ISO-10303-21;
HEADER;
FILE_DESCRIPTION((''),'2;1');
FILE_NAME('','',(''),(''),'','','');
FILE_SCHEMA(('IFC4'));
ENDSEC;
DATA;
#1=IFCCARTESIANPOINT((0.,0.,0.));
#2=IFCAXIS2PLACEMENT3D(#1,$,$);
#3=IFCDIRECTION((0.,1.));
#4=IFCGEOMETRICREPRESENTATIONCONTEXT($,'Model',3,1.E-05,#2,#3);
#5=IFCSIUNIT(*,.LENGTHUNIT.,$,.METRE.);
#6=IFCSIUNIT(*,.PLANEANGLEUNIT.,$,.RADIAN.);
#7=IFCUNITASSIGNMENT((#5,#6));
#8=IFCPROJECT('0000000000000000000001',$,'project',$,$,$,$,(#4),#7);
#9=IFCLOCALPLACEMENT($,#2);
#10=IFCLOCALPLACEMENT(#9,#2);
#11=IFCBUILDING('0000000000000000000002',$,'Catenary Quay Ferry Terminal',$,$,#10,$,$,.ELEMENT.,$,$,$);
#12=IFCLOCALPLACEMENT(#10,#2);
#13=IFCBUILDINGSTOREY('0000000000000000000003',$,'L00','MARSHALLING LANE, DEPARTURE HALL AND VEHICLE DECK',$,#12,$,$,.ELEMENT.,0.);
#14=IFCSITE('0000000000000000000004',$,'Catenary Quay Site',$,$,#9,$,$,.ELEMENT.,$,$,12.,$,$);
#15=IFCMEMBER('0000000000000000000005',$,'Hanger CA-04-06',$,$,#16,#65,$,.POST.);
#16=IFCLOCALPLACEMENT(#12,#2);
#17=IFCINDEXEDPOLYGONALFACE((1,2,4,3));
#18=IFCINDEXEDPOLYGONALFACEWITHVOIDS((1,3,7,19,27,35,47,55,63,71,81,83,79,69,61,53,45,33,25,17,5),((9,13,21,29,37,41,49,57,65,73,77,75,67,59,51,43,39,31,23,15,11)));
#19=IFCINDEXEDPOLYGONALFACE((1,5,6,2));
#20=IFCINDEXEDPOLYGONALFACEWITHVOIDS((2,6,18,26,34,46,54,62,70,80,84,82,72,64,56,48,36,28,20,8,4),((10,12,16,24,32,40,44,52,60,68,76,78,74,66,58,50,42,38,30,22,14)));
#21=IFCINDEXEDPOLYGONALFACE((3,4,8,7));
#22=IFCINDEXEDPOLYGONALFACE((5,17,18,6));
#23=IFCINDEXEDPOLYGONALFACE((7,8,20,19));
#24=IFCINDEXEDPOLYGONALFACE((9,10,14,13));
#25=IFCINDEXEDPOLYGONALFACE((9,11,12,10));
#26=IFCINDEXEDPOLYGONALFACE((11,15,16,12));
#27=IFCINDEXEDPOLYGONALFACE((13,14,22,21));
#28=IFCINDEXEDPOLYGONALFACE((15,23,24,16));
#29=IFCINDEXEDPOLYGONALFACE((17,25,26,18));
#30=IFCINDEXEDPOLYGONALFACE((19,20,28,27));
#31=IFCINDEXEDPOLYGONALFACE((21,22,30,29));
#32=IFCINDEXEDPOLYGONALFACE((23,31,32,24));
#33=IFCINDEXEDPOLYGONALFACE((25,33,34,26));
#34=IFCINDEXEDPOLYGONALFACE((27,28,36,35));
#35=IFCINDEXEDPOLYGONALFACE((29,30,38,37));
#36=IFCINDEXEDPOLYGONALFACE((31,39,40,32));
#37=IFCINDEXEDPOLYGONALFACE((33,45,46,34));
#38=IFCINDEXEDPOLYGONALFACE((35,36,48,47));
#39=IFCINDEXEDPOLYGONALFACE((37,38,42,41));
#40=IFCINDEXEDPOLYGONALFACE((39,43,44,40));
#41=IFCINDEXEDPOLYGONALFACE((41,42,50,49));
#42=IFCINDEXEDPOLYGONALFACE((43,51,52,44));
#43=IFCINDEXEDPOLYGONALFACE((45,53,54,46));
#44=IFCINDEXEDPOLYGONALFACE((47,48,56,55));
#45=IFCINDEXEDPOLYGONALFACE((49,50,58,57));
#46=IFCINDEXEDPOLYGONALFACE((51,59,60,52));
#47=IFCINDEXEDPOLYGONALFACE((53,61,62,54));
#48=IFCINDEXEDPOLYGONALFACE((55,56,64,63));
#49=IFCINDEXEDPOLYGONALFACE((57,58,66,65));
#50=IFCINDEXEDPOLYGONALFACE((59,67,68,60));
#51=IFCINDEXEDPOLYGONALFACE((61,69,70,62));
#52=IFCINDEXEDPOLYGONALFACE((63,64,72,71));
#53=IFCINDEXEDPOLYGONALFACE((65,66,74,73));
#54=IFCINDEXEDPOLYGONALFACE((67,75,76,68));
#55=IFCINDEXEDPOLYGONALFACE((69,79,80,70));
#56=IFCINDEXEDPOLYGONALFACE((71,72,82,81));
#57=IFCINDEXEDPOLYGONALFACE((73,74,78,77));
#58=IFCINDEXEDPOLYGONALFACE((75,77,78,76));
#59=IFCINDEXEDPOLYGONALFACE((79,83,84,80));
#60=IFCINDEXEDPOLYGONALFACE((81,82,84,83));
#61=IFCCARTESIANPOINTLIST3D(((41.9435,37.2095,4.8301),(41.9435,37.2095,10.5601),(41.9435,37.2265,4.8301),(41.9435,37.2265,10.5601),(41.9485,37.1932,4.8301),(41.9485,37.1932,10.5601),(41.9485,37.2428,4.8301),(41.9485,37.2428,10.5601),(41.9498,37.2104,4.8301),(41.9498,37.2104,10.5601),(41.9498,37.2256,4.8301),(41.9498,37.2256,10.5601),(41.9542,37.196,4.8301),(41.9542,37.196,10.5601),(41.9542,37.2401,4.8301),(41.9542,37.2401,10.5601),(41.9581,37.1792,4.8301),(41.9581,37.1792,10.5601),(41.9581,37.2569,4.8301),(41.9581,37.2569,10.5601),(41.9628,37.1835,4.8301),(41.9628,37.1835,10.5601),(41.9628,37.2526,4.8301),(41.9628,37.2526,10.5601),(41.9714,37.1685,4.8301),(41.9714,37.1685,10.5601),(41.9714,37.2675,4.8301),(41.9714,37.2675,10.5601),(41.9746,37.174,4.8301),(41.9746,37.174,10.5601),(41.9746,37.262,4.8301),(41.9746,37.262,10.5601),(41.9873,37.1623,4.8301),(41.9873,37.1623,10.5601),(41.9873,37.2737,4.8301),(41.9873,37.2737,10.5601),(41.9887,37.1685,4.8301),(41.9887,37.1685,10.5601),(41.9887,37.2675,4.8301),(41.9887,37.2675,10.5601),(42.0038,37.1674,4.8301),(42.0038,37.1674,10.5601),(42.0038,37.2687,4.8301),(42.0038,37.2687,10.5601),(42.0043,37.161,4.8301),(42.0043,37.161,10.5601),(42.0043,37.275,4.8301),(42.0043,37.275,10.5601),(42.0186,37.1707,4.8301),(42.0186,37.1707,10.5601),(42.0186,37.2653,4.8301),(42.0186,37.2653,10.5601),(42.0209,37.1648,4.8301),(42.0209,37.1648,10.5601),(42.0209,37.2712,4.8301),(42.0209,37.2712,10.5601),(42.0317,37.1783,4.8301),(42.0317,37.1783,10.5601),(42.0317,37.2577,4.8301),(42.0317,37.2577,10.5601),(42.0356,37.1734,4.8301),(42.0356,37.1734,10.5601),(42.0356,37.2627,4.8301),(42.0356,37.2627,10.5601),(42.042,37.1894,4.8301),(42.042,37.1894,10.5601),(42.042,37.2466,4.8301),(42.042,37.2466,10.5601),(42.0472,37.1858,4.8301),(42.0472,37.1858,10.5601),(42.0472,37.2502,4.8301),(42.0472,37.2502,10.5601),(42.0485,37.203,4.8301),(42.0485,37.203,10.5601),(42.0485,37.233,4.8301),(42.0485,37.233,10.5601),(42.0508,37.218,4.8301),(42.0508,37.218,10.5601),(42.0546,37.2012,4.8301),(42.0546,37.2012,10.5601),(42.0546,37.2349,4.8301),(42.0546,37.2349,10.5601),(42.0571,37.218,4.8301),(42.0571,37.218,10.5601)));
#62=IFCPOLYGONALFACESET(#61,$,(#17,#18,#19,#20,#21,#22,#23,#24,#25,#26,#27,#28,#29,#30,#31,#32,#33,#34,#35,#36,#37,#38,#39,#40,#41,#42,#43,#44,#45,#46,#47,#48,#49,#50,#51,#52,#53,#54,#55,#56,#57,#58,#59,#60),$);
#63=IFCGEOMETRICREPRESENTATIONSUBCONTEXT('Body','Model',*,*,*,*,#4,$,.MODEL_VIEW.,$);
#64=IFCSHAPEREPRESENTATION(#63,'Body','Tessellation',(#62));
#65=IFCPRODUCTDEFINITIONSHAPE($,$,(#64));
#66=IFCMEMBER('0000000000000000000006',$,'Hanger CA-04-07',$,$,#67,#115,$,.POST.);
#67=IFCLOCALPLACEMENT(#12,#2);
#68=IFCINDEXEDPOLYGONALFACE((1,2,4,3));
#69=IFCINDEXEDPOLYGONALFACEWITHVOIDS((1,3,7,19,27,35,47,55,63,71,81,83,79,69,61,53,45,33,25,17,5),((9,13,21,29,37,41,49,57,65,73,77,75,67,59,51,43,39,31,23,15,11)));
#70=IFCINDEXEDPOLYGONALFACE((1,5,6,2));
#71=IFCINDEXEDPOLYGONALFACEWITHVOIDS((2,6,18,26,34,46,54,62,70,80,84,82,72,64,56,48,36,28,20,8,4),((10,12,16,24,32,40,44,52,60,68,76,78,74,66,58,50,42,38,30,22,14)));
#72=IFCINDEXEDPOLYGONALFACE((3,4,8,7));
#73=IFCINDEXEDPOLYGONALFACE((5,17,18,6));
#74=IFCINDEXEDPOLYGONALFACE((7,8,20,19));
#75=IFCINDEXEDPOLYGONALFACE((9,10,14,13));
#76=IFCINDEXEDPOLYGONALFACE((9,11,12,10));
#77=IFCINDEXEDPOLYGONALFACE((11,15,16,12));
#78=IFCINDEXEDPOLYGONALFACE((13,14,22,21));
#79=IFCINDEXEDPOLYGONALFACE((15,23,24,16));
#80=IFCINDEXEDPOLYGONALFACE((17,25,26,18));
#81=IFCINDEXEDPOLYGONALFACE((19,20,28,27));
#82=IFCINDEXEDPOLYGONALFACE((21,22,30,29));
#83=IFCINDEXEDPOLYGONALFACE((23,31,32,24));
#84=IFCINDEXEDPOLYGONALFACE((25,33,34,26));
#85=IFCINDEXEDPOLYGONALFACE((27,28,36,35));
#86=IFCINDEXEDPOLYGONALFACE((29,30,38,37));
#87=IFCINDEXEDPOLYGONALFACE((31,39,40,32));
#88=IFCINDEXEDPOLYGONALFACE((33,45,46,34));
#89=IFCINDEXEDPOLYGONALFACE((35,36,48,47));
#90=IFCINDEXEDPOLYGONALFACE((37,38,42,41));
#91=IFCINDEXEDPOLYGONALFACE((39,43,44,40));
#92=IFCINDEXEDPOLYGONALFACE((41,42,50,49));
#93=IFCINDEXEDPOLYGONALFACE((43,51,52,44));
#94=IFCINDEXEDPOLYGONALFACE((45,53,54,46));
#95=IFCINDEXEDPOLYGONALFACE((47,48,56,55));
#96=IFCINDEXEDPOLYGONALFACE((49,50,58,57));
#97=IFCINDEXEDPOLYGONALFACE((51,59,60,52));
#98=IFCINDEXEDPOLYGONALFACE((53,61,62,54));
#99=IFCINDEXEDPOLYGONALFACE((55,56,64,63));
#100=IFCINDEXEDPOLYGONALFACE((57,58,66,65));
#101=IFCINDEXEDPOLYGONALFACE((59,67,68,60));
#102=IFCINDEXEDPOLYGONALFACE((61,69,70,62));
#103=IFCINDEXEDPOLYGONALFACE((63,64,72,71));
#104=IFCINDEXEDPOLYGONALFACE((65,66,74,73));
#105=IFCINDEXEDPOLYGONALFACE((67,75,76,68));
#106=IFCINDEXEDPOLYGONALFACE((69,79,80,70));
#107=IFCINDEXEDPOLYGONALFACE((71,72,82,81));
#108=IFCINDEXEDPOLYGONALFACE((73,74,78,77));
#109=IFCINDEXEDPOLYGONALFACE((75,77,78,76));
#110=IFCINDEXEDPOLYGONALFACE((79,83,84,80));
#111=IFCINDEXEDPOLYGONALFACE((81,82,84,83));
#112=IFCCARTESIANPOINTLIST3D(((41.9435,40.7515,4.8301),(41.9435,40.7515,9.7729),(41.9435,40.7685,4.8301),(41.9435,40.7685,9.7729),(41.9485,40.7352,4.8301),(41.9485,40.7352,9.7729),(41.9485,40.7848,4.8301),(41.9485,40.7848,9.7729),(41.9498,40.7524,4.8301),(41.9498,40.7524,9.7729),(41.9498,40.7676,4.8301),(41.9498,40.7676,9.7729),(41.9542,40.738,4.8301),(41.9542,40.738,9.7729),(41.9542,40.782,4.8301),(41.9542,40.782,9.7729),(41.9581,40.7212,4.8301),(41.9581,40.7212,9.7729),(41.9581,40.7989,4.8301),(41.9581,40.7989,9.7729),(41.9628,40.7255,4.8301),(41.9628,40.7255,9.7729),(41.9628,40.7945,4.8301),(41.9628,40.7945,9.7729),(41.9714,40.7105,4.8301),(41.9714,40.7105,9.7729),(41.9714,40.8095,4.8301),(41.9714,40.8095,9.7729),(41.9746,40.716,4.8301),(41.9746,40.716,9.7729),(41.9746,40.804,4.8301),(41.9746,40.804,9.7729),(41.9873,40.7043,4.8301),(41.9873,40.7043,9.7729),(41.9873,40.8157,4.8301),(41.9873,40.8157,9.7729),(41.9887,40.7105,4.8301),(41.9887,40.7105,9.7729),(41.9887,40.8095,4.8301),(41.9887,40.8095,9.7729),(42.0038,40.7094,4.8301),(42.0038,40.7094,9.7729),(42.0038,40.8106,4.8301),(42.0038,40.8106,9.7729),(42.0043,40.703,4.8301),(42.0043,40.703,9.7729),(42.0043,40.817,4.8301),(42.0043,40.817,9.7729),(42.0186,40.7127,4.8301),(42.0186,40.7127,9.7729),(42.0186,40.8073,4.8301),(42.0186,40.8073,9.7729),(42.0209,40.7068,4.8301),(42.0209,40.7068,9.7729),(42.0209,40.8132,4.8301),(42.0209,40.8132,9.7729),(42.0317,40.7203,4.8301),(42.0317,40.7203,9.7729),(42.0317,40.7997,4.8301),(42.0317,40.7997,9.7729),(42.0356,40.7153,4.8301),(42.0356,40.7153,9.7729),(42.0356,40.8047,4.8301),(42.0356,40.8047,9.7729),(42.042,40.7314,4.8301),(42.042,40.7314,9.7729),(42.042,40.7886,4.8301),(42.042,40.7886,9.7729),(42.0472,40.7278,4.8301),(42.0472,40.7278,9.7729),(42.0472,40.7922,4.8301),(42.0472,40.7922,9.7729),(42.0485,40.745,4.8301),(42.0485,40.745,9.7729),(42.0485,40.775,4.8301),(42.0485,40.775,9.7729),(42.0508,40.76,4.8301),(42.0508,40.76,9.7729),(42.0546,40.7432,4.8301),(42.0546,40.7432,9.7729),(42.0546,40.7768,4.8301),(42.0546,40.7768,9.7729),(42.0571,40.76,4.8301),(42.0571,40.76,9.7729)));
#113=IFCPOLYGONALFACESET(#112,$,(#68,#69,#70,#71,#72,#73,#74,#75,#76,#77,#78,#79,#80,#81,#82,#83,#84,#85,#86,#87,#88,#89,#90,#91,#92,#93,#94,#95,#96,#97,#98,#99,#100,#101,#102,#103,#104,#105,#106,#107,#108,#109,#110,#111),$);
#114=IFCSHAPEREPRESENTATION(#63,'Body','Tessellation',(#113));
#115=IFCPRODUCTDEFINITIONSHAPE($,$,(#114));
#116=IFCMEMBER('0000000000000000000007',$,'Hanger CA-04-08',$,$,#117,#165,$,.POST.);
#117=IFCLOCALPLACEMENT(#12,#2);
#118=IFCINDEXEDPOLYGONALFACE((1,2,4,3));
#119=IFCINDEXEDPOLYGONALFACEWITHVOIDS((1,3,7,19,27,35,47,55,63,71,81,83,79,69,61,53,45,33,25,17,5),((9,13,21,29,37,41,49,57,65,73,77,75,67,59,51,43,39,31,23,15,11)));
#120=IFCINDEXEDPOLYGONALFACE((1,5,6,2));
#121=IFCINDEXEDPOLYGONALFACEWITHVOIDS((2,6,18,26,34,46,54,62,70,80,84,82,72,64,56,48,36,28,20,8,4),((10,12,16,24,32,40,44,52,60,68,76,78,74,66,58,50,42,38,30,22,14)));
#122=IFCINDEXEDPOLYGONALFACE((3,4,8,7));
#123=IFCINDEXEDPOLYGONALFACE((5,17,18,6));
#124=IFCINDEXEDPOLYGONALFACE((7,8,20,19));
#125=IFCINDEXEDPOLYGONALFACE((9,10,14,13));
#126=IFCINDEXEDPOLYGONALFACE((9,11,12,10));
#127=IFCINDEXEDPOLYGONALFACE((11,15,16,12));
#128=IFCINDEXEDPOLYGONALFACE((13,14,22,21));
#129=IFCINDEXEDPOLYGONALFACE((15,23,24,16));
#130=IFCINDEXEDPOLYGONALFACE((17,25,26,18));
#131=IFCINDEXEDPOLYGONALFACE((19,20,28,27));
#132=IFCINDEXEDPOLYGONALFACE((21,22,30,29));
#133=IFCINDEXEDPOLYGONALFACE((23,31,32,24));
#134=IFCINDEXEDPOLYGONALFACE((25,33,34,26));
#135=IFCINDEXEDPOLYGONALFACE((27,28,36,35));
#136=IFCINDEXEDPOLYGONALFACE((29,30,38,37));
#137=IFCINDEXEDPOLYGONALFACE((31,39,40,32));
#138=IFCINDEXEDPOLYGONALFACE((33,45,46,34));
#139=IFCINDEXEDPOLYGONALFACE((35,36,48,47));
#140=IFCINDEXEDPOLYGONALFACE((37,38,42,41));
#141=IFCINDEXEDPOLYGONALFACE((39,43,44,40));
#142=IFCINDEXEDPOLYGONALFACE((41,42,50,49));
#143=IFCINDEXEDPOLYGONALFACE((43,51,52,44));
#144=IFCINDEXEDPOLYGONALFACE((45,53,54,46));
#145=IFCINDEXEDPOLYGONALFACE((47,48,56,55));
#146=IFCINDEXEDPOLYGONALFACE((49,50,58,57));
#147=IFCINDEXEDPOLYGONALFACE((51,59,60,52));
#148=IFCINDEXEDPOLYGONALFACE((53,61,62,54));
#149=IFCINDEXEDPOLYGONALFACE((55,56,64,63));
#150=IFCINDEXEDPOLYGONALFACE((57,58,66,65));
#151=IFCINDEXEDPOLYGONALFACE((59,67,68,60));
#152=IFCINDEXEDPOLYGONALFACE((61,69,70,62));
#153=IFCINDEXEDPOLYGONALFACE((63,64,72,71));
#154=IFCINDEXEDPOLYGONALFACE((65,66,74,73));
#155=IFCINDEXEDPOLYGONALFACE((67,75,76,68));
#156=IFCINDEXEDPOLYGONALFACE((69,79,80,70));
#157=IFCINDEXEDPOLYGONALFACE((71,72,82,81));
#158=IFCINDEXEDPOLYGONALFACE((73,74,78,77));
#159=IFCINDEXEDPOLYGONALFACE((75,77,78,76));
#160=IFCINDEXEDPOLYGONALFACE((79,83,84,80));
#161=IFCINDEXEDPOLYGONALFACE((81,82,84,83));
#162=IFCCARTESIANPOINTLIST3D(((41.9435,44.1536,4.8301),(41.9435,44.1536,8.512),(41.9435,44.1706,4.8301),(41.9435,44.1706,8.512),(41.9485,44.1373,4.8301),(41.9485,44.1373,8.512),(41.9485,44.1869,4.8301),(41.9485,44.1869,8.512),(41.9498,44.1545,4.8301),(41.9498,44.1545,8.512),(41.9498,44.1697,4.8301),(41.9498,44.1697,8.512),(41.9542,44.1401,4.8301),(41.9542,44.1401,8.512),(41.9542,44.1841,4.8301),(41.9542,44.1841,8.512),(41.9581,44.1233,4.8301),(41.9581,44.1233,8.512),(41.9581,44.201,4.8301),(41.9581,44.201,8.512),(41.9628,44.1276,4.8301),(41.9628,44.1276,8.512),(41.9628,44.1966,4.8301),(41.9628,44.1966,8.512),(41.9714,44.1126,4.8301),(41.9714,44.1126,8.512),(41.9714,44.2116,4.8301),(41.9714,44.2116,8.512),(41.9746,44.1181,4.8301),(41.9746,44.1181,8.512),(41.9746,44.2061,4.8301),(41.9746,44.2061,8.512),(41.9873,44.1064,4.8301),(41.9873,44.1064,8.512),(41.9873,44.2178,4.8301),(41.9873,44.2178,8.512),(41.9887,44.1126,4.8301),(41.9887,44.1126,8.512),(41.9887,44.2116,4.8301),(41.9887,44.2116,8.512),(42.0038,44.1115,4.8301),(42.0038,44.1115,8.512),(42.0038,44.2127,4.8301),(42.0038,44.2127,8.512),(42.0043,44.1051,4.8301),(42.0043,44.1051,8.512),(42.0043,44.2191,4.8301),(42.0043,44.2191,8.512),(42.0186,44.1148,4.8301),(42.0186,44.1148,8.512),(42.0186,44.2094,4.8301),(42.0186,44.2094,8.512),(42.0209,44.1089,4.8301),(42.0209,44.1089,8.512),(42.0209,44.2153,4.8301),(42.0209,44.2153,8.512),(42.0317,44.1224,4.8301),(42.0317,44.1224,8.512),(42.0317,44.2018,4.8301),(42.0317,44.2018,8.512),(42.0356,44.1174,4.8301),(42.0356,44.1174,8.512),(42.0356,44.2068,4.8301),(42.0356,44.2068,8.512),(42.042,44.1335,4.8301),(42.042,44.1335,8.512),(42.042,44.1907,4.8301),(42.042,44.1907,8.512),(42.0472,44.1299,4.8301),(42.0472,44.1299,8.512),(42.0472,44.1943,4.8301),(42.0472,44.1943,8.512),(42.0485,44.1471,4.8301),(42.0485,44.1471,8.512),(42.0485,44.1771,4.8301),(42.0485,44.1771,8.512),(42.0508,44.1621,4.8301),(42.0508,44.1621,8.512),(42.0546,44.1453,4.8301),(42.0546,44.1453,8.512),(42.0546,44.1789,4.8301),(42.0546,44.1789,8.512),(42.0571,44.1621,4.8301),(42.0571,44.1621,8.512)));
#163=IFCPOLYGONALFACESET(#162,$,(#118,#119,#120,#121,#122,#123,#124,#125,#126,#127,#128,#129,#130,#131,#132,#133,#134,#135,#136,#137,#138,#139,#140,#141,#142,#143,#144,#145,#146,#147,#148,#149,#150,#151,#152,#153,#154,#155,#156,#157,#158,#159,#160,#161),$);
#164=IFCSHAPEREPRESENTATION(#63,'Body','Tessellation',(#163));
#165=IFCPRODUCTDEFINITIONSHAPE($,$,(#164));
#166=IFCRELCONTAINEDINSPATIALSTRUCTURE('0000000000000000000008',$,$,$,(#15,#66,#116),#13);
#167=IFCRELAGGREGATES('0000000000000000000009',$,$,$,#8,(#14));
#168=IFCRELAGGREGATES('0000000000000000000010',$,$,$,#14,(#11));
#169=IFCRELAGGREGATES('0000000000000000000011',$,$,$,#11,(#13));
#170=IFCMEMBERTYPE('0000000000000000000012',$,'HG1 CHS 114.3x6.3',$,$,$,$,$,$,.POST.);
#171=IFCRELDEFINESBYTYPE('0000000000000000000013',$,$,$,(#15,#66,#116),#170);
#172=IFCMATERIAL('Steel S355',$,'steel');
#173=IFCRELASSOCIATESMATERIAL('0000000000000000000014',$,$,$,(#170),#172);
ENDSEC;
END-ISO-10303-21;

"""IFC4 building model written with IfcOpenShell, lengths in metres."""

from ifc_helpers import new_model, si_unit, direction, frame, origin, origin_2d, place, context, subcontext, project, spatial, hollow_circle, extrude, material, material_profile, profile_set, type_object, element, save


model = new_model("IFC4")

# Units and contexts
model_context = context("Model", 3, precision=1e-05, world=origin(), true_north=direction((0.0, 1.0)))
body_context = subcontext(model_context, "Body", "Model", "MODEL_VIEW")
ifc_project = project(units=[si_unit("LENGTHUNIT", "METRE"), si_unit("PLANEANGLEUNIT", "RADIAN")], contexts=[model_context])

# Site, building, storey
site_placement = place(None, origin())
site = spatial("IfcSite", under=ifc_project, at=site_placement, Name="Catenary Quay Site", CompositionType="ELEMENT", RefElevation=12.0)
building_placement = place(site_placement, origin())
building = spatial("IfcBuilding", under=site, at=building_placement, Name="Catenary Quay Ferry Terminal", CompositionType="ELEMENT")
storey_placement = place(building_placement, origin())
storey = spatial("IfcBuildingStorey", under=building, at=storey_placement, Name="L00", Description="MARSHALLING LANE, DEPARTURE HALL AND VEHICLE DECK", CompositionType="ELEMENT", Elevation=0.0)

# Members
ifc_material_1 = material(Name="Steel S355", Category="steel")
ifc_material_profile_1 = material_profile(ifc_material_1, hollow_circle(Radius=0.0571, WallThickness=0.0063, at=origin_2d()), Name="CHS 114.3x6.3")
ifc_profile_set_1 = profile_set([ifc_material_profile_1], Name="Steel S355")
member_type_1 = type_object("IfcMemberType", Name="HG1 CHS 114.3x6.3", PredefinedType="POST", material=ifc_profile_set_1)
member_1_placement = place(storey_placement, frame((42.0, 37.218, 4.8301), z_axis=(0.0, 0.0, 1.0), x_axis=(1.0, 0.0, 0.0)))
element("IfcMember", 1, at=member_1_placement, inside=storey, type_object=member_type_1, Name="Hanger CA-04-06", PredefinedType="POST", context=body_context, shape_type="SweptSolid", body=[
    extrude(hollow_circle(Radius=0.0571, WallThickness=0.0063, at=origin_2d()), origin(), (0.0, 0.0, 1.0), 5.73),
])
member_2_placement = place(storey_placement, frame((42.0, 40.76, 4.8301), z_axis=(0.0, 0.0, 1.0), x_axis=(1.0, 0.0, 0.0)))
element("IfcMember", 2, at=member_2_placement, inside=storey, type_object=member_type_1, Name="Hanger CA-04-07", PredefinedType="POST", context=body_context, shape_type="SweptSolid", body=[
    extrude(hollow_circle(Radius=0.0571, WallThickness=0.0063, at=origin_2d()), origin(), (0.0, 0.0, 1.0), 4.9429),
])
member_3_placement = place(storey_placement, frame((42.0, 44.1621, 4.8301), z_axis=(0.0, 0.0, 1.0), x_axis=(1.0, 0.0, 0.0)))
element("IfcMember", 3, at=member_3_placement, inside=storey, type_object=member_type_1, Name="Hanger CA-04-08", PredefinedType="POST", context=body_context, shape_type="SweptSolid", body=[
    extrude(hollow_circle(Radius=0.0571, WallThickness=0.0063, at=origin_2d()), origin(), (0.0, 0.0, 1.0), 3.6819),
])

save(model, "model.ifc")
